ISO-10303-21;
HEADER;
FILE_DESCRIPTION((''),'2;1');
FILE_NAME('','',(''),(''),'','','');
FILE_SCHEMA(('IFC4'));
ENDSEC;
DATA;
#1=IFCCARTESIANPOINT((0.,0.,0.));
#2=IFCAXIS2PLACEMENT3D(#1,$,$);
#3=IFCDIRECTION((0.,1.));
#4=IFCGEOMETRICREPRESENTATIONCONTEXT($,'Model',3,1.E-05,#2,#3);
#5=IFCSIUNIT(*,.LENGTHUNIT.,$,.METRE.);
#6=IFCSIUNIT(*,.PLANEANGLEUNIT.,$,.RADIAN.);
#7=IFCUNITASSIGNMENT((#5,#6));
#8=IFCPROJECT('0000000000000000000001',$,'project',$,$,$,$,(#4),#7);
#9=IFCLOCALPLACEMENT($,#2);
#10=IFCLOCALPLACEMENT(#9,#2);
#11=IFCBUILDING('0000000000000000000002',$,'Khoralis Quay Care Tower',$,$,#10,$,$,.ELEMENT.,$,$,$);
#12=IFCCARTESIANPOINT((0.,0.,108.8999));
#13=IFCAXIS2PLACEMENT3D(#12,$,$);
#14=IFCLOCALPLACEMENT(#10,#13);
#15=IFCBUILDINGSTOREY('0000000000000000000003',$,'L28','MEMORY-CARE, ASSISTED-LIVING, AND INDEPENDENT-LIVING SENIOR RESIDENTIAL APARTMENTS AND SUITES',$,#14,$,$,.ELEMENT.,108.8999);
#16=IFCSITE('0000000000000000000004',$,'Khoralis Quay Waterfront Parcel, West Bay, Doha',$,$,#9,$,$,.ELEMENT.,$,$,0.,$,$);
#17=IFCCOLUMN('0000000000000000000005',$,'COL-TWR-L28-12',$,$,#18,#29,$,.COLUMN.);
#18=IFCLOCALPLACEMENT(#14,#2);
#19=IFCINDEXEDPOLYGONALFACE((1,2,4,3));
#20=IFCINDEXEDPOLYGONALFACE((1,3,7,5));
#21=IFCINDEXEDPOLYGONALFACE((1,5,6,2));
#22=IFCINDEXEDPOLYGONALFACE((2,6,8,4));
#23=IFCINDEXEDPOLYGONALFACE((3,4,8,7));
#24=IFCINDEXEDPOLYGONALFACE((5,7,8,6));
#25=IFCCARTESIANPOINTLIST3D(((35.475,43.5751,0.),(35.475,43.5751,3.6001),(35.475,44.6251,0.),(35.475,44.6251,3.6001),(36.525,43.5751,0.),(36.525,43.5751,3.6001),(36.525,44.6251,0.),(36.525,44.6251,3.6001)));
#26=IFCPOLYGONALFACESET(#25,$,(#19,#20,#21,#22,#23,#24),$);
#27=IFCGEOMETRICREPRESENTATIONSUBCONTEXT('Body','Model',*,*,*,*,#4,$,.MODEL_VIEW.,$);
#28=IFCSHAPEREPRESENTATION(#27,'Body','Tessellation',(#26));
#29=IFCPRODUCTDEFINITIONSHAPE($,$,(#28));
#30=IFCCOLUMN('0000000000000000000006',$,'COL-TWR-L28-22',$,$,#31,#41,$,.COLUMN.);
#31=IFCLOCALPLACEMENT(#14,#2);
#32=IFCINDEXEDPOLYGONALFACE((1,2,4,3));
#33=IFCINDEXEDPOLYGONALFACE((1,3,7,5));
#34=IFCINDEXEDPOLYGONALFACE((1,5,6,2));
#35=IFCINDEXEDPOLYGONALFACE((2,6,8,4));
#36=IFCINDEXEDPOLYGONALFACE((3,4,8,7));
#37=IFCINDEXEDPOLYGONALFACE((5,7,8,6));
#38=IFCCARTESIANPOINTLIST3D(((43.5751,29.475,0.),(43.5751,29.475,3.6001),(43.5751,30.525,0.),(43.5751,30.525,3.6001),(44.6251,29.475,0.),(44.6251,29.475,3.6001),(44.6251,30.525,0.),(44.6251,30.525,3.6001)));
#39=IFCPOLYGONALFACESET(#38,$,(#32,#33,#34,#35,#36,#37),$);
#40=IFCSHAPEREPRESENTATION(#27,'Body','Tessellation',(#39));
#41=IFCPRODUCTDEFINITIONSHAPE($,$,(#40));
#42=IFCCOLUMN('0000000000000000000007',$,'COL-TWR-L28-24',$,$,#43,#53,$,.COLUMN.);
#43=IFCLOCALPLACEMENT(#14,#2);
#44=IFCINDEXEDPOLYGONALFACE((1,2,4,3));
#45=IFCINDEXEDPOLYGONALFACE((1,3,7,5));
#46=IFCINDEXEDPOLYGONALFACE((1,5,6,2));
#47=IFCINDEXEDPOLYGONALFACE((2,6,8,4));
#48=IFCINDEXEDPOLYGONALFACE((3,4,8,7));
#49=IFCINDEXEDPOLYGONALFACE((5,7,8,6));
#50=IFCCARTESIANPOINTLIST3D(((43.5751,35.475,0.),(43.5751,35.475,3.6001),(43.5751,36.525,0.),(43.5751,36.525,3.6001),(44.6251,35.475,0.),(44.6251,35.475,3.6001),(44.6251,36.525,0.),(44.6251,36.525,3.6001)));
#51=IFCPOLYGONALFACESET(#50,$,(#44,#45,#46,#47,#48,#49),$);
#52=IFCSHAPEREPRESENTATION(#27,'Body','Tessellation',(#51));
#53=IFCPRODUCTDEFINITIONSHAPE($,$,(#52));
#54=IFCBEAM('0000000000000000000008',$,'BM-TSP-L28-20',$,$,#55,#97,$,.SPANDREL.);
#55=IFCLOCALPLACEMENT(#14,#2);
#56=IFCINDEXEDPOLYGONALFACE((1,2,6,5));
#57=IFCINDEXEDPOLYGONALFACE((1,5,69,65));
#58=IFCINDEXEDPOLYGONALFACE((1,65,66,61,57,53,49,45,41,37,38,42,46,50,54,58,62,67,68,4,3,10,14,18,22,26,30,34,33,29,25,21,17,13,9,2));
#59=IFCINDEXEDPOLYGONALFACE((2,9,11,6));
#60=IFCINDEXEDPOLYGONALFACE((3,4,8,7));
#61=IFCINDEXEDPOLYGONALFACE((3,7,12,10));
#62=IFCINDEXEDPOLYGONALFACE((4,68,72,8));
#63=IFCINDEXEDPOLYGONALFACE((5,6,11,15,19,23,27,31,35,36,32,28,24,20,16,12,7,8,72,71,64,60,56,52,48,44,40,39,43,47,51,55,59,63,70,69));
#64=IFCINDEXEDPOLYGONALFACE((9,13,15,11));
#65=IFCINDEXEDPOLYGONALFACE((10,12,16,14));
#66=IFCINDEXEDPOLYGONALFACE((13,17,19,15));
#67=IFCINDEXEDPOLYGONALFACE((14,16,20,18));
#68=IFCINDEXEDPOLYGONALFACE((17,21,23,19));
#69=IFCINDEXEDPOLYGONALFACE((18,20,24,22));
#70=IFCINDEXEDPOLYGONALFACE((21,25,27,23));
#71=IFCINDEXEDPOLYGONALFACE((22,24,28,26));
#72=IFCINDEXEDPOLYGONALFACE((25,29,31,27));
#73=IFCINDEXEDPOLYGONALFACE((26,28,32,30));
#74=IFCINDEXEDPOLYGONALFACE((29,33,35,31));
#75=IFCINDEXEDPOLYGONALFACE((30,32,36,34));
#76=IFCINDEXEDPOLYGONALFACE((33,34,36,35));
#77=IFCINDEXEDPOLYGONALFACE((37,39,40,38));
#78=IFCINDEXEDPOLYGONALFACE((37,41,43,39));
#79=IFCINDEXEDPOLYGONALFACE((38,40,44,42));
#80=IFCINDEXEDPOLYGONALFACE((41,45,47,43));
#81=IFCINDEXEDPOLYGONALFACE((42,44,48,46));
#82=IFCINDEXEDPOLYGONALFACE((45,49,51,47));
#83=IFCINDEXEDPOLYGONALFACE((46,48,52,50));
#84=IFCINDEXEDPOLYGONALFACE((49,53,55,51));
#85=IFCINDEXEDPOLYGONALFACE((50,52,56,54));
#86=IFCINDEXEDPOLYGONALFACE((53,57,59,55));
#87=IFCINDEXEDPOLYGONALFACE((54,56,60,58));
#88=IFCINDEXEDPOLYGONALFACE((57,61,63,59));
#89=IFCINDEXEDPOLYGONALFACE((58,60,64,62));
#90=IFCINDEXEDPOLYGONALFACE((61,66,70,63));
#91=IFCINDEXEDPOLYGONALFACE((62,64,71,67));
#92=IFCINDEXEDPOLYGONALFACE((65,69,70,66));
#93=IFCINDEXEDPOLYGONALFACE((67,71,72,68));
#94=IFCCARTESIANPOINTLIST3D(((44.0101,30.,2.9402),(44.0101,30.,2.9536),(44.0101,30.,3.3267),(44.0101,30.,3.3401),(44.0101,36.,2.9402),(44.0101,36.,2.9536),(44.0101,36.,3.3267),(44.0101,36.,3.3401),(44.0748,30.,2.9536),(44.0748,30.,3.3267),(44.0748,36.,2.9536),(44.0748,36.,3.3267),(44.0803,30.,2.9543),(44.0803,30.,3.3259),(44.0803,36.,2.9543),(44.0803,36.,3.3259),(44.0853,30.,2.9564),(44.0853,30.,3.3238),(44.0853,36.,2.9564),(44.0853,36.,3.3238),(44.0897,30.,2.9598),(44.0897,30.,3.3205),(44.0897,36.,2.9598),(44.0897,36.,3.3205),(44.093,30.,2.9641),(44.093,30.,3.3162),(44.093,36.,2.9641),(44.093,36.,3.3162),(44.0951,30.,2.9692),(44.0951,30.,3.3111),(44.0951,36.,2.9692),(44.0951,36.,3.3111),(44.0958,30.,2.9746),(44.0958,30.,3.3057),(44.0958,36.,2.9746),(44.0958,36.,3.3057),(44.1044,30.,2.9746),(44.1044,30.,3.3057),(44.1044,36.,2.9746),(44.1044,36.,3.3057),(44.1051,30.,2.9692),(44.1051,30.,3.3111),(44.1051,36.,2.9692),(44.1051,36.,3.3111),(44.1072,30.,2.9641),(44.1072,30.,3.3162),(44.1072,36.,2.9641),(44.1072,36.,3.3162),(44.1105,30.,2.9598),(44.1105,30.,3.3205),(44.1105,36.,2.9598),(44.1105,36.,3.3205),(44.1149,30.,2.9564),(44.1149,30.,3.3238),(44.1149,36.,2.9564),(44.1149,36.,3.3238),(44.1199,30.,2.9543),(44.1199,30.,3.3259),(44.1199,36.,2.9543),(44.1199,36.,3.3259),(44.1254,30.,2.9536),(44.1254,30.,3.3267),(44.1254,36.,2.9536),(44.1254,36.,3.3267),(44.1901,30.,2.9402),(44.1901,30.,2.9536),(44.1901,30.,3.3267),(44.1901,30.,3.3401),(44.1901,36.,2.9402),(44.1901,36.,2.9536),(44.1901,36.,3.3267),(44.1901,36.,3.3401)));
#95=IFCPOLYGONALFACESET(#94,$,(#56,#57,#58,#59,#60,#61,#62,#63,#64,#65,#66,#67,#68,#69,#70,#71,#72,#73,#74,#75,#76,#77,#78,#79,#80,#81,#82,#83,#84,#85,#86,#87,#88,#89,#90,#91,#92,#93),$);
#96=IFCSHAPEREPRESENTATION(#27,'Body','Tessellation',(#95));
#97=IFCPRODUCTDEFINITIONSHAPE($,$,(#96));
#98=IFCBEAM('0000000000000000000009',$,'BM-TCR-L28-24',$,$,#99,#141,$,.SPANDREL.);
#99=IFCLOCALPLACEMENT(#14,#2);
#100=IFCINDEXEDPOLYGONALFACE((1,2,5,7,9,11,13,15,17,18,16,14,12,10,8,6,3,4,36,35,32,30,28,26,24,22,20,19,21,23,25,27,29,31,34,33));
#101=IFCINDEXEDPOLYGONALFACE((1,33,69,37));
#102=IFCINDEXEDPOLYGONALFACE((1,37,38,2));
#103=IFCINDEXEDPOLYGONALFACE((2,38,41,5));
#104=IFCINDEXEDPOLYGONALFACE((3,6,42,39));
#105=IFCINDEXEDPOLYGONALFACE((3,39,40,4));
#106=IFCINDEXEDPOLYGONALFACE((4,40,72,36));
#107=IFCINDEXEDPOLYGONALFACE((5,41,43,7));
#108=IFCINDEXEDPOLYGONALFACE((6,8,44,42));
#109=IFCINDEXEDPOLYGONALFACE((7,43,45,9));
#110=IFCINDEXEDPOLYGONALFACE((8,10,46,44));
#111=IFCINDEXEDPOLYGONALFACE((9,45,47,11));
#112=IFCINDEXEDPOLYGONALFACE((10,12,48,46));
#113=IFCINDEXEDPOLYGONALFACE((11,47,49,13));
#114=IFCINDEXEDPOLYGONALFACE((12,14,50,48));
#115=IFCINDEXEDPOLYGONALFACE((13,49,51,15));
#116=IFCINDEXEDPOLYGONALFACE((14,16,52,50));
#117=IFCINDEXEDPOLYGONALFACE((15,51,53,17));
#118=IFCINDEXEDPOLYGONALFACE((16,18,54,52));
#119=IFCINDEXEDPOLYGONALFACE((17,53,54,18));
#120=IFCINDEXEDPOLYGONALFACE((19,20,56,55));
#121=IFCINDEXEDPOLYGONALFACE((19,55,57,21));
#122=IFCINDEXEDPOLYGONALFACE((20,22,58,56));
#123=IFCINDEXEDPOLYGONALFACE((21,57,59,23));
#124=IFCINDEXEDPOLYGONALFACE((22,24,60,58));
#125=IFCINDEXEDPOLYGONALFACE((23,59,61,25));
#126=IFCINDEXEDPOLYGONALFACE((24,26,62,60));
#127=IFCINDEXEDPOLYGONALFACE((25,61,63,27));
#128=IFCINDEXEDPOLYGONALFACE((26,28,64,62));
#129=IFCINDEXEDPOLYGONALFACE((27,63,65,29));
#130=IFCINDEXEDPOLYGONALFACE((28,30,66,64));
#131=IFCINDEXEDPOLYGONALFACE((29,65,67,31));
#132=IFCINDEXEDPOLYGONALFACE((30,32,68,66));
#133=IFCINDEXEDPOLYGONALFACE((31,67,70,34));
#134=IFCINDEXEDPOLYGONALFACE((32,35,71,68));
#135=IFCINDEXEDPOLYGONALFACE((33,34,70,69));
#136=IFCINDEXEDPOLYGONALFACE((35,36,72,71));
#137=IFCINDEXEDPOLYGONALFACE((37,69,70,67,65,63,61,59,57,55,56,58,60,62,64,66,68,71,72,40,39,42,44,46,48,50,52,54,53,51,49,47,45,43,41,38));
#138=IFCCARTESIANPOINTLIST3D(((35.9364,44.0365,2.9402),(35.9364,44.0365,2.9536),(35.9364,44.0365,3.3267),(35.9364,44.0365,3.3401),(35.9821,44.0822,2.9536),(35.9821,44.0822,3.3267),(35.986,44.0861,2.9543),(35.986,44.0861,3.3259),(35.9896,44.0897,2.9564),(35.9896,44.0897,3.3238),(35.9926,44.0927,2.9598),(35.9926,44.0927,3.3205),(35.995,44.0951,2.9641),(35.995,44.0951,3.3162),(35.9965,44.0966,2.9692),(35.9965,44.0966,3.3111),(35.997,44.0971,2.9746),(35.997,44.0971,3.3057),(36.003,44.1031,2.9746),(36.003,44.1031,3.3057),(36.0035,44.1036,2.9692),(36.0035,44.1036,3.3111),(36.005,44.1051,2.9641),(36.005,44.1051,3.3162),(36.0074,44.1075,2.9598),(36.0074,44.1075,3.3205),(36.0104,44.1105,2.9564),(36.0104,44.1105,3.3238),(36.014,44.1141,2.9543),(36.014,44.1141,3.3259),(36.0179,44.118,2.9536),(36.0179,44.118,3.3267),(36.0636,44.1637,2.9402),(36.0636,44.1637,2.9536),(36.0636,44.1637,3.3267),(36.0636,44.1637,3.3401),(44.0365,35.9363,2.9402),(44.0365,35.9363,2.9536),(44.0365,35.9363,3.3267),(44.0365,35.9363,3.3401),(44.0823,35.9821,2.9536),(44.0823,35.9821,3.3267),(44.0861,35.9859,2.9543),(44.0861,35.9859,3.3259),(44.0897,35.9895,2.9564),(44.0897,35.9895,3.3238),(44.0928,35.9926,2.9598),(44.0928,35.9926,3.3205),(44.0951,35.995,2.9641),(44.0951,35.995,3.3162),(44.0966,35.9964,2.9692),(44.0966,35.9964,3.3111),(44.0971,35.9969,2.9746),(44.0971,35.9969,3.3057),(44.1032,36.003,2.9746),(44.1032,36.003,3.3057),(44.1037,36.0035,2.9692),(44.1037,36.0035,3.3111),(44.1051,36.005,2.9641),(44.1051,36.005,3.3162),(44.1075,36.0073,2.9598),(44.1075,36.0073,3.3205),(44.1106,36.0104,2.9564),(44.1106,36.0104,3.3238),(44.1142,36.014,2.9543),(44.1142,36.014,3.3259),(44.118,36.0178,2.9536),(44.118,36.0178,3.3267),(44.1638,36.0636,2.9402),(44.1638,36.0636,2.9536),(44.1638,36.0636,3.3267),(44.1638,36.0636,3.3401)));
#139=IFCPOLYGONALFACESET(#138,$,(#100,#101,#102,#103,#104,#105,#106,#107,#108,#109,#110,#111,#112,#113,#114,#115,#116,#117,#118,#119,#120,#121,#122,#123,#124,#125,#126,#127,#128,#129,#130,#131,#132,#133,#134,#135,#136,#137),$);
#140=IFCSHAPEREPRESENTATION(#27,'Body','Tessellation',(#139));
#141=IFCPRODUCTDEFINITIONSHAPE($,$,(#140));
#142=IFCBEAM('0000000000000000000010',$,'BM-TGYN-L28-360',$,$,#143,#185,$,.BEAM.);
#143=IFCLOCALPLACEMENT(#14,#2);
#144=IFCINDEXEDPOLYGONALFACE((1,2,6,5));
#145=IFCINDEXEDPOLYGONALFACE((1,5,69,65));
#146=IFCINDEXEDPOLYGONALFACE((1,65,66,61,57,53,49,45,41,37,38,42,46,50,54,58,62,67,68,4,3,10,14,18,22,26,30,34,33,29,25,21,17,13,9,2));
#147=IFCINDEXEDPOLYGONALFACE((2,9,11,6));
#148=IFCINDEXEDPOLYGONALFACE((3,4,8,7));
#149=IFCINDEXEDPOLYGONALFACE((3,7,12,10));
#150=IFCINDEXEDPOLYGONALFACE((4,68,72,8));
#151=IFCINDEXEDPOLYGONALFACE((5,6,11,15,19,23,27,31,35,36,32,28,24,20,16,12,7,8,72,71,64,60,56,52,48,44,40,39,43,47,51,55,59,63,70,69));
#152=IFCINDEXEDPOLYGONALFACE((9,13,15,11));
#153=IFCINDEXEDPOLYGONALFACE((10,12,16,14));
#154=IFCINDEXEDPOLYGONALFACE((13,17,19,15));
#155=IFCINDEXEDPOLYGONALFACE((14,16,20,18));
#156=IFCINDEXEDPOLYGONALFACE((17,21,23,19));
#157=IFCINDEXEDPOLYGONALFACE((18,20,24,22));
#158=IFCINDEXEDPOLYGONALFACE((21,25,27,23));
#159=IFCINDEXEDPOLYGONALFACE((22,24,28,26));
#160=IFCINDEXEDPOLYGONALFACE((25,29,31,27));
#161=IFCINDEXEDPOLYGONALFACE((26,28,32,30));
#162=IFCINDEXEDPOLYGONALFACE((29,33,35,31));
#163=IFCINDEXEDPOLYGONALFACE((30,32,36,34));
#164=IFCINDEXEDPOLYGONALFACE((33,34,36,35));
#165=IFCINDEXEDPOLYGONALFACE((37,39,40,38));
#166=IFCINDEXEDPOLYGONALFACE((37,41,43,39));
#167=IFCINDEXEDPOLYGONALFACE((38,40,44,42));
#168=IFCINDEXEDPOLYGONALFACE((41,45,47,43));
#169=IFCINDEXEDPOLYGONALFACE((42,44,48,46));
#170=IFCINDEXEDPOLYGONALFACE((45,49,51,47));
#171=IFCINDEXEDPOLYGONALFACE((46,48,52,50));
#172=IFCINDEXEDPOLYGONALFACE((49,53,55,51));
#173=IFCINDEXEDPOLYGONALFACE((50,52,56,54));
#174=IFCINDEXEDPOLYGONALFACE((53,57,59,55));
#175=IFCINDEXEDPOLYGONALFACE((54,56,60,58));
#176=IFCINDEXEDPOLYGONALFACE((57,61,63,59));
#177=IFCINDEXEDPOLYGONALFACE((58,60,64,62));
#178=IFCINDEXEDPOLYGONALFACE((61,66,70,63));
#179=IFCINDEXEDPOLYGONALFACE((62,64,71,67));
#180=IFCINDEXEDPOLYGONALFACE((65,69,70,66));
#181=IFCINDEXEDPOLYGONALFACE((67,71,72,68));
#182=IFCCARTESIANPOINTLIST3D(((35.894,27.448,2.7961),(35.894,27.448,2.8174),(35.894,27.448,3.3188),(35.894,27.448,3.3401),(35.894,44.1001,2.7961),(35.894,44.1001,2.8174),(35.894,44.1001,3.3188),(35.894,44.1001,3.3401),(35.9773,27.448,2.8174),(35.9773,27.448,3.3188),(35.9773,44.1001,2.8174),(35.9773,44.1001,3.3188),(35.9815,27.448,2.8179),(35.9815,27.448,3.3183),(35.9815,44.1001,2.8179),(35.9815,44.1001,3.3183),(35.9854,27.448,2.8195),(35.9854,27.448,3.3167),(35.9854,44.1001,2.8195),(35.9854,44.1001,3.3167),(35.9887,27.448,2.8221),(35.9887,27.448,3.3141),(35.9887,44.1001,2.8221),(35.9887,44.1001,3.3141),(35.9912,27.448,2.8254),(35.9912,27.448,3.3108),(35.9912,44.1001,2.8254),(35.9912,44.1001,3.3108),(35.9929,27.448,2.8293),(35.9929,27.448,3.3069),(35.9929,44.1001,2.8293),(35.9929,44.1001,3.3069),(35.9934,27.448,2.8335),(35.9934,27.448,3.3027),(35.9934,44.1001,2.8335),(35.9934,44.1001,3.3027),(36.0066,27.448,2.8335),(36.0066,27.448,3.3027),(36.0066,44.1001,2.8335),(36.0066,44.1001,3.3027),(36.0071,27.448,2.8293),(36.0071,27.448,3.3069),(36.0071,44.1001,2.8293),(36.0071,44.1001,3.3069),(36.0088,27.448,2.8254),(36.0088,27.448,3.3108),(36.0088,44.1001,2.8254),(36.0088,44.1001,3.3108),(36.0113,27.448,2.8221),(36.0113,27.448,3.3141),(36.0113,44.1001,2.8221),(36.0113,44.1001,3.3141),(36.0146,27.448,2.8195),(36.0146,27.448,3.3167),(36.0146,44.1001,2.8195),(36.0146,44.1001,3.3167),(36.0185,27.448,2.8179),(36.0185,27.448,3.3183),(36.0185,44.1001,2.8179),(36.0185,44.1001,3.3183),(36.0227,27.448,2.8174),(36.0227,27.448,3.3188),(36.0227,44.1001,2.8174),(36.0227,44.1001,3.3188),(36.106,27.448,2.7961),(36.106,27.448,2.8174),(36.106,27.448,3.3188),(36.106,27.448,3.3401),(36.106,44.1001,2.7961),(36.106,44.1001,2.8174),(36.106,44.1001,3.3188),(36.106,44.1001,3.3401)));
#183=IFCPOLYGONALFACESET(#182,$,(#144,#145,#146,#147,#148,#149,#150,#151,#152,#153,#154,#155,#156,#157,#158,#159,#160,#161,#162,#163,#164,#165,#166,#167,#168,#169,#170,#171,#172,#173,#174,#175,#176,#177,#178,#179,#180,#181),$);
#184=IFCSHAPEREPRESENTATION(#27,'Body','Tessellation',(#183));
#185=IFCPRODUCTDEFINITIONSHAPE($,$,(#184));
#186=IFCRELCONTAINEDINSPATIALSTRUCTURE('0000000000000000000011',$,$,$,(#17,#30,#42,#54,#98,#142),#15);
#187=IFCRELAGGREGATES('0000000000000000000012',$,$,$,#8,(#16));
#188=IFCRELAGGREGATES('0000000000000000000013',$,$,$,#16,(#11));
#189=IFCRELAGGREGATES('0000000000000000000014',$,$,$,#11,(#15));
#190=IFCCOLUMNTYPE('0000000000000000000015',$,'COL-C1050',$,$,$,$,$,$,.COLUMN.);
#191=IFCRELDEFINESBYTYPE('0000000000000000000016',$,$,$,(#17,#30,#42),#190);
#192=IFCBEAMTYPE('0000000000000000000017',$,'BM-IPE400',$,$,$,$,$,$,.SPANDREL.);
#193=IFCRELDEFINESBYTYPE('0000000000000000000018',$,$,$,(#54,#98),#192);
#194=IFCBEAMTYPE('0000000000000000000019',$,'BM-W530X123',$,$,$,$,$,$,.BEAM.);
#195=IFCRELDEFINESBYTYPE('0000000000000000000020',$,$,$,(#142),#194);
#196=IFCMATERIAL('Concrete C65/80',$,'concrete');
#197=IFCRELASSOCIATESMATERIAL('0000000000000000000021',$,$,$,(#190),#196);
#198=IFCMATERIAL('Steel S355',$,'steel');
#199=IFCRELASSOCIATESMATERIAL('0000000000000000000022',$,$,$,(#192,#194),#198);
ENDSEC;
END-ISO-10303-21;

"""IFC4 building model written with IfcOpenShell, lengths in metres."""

from ifc_helpers import new_model, si_unit, direction, frame, origin, origin_2d, place, context, subcontext, project, spatial, rectangle, i_section, extrude, source, transform, mapped, material, material_profile, profile_set, type_object, element, save


model = new_model("IFC4")

# Units and contexts
model_context = context("Model", 3, precision=1e-05, world=origin(), true_north=direction((0.0, 1.0)))
body_context = subcontext(model_context, "Body", "Model", "MODEL_VIEW")
ifc_project = project(units=[si_unit("LENGTHUNIT", "METRE"), si_unit("PLANEANGLEUNIT", "RADIAN")], contexts=[model_context])

# Site, building, storey
site_placement = place(None, origin())
site = spatial("IfcSite", under=ifc_project, at=site_placement, Name="Khoralis Quay Waterfront Parcel, West Bay, Doha", CompositionType="ELEMENT", RefElevation=0.0)
building_placement = place(site_placement, origin())
building = spatial("IfcBuilding", under=site, at=building_placement, Name="Khoralis Quay Care Tower", CompositionType="ELEMENT")
storey_placement = place(building_placement, frame((0.0, 0.0, 108.8999)))
storey = spatial("IfcBuildingStorey", under=building, at=storey_placement, Name="L28", Description="MEMORY-CARE, ASSISTED-LIVING, AND INDEPENDENT-LIVING SENIOR RESIDENTIAL APARTMENTS AND SUITES", CompositionType="ELEMENT", Elevation=108.8999)

# Columns
ifc_material_1 = material(Name="Concrete C65/80", Category="concrete")
ifc_material_profile_1 = material_profile(ifc_material_1, rectangle(XDim=1.05, YDim=1.05, at=origin_2d()), Name="Concrete C65/80")
ifc_profile_set_1 = profile_set([ifc_material_profile_1], Name="Concrete C65/80")
column_type = type_object("IfcColumnType", Name="COL-C1050", PredefinedType="COLUMN", material=ifc_profile_set_1)
shared_shape_1 = source(origin(), body_context, "Body", "SweptSolid", [
    extrude(rectangle(XDim=1.05, YDim=1.05, at=origin_2d()), origin(), (0.0, 0.0, 1.0), 3.6001),
])
for number, where, z_axis, x_axis, name in (
    (1, (36.0, 44.1001, 0.0), (0.0, 0.0, 1.0), (1.0, 0.0, 0.0), "COL-TWR-L28-12"),
    (2, (44.1001, 30.0, 0.0), (0.0, 0.0, 1.0), (1.0, 0.0, 0.0), "COL-TWR-L28-22"),
    (3, (44.1001, 36.0, 0.0), (0.0, 0.0, 1.0), (1.0, 0.0, 0.0), "COL-TWR-L28-24"),
):
    element("IfcColumn", number, at=place(storey_placement, frame(where, z_axis=z_axis, x_axis=x_axis)), inside=storey, type_object=column_type, Name=name, PredefinedType="COLUMN", context=body_context, shape_type="MappedRepresentation", body=[
        mapped(shared_shape_1, transform((0.0, 0.0, 0.0), scale=1.0)),
    ])

# Beams
ifc_material_2 = material(Name="Steel S355", Category="steel")
ifc_material_profile_2 = material_profile(ifc_material_2, i_section(OverallWidth=0.1799, OverallDepth=0.3999, WebThickness=0.0085, FlangeThickness=0.0134, FilletRadius=0.021, at=origin_2d()), Name="Steel S355")
ifc_profile_set_2 = profile_set([ifc_material_profile_2], Name="Steel S355")
beam_type_1 = type_object("IfcBeamType", Name="BM-IPE400", PredefinedType="SPANDREL", material=ifc_profile_set_2)
shared_shape_2 = source(origin(), body_context, "Body", "SweptSolid", [
    extrude(i_section(OverallWidth=0.1799, OverallDepth=0.3999, WebThickness=0.0085, FlangeThickness=0.0134, FilletRadius=0.021, at=origin_2d()), origin(), (0.0, 0.0, 1.0), 6.0),
])
beam_1_placement = place(storey_placement, frame((44.1001, 30.0, 3.1401), z_axis=(0.0, 1.0, 0.0), x_axis=(-1.0, 0.0, 0.0)))
element("IfcBeam", 4, at=beam_1_placement, inside=storey, type_object=beam_type_1, Name="BM-TSP-L28-20", PredefinedType="SPANDREL", context=body_context, shape_type="MappedRepresentation", body=[
    mapped(shared_shape_2, transform((0.0, 0.0, 0.0), scale=1.0)),
])
shared_shape_3 = source(origin(), body_context, "Body", "SweptSolid", [
    extrude(i_section(OverallWidth=0.1799, OverallDepth=0.3999, WebThickness=0.0085, FlangeThickness=0.0134, FilletRadius=0.021, at=origin_2d()), origin(), (0.0, 0.0, 1.0), 11.4553),
])
beam_2_placement = place(storey_placement, frame((36.0, 44.1001, 3.1401), z_axis=(0.707107, -0.707107, 0.0), x_axis=(0.707107, 0.707107, 0.0)))
element("IfcBeam", 5, at=beam_2_placement, inside=storey, type_object=beam_type_1, Name="BM-TCR-L28-24", PredefinedType="SPANDREL", context=body_context, shape_type="MappedRepresentation", body=[
    mapped(shared_shape_3, transform((0.0, 0.0, 0.0), scale=1.0)),
])
ifc_material_profile_3 = material_profile(ifc_material_2, i_section(OverallWidth=0.2119, OverallDepth=0.5439, WebThickness=0.0132, FlangeThickness=0.0212, FilletRadius=0.0161, at=origin_2d()), Name="Steel S355")
ifc_profile_set_3 = profile_set([ifc_material_profile_3], Name="Steel S355")
beam_type_2 = type_object("IfcBeamType", Name="BM-W530X123", PredefinedType="BEAM", material=ifc_profile_set_3)
shared_shape_4 = source(origin(), body_context, "Body", "SweptSolid", [
    extrude(i_section(OverallWidth=0.2119, OverallDepth=0.5439, WebThickness=0.0132, FlangeThickness=0.0212, FilletRadius=0.0161, at=origin_2d()), origin(), (0.0, 0.0, 1.0), 16.6521),
])
beam_3_placement = place(storey_placement, frame((36.0, 27.448, 3.0681), z_axis=(0.0, 1.0, 0.0), x_axis=(-1.0, 0.0, 0.0)))
element("IfcBeam", 6, at=beam_3_placement, inside=storey, type_object=beam_type_2, Name="BM-TGYN-L28-360", PredefinedType="BEAM", context=body_context, shape_type="MappedRepresentation", body=[
    mapped(shared_shape_4, transform((0.0, 0.0, 0.0), scale=1.0)),
])

save(model, "model.ifc")
